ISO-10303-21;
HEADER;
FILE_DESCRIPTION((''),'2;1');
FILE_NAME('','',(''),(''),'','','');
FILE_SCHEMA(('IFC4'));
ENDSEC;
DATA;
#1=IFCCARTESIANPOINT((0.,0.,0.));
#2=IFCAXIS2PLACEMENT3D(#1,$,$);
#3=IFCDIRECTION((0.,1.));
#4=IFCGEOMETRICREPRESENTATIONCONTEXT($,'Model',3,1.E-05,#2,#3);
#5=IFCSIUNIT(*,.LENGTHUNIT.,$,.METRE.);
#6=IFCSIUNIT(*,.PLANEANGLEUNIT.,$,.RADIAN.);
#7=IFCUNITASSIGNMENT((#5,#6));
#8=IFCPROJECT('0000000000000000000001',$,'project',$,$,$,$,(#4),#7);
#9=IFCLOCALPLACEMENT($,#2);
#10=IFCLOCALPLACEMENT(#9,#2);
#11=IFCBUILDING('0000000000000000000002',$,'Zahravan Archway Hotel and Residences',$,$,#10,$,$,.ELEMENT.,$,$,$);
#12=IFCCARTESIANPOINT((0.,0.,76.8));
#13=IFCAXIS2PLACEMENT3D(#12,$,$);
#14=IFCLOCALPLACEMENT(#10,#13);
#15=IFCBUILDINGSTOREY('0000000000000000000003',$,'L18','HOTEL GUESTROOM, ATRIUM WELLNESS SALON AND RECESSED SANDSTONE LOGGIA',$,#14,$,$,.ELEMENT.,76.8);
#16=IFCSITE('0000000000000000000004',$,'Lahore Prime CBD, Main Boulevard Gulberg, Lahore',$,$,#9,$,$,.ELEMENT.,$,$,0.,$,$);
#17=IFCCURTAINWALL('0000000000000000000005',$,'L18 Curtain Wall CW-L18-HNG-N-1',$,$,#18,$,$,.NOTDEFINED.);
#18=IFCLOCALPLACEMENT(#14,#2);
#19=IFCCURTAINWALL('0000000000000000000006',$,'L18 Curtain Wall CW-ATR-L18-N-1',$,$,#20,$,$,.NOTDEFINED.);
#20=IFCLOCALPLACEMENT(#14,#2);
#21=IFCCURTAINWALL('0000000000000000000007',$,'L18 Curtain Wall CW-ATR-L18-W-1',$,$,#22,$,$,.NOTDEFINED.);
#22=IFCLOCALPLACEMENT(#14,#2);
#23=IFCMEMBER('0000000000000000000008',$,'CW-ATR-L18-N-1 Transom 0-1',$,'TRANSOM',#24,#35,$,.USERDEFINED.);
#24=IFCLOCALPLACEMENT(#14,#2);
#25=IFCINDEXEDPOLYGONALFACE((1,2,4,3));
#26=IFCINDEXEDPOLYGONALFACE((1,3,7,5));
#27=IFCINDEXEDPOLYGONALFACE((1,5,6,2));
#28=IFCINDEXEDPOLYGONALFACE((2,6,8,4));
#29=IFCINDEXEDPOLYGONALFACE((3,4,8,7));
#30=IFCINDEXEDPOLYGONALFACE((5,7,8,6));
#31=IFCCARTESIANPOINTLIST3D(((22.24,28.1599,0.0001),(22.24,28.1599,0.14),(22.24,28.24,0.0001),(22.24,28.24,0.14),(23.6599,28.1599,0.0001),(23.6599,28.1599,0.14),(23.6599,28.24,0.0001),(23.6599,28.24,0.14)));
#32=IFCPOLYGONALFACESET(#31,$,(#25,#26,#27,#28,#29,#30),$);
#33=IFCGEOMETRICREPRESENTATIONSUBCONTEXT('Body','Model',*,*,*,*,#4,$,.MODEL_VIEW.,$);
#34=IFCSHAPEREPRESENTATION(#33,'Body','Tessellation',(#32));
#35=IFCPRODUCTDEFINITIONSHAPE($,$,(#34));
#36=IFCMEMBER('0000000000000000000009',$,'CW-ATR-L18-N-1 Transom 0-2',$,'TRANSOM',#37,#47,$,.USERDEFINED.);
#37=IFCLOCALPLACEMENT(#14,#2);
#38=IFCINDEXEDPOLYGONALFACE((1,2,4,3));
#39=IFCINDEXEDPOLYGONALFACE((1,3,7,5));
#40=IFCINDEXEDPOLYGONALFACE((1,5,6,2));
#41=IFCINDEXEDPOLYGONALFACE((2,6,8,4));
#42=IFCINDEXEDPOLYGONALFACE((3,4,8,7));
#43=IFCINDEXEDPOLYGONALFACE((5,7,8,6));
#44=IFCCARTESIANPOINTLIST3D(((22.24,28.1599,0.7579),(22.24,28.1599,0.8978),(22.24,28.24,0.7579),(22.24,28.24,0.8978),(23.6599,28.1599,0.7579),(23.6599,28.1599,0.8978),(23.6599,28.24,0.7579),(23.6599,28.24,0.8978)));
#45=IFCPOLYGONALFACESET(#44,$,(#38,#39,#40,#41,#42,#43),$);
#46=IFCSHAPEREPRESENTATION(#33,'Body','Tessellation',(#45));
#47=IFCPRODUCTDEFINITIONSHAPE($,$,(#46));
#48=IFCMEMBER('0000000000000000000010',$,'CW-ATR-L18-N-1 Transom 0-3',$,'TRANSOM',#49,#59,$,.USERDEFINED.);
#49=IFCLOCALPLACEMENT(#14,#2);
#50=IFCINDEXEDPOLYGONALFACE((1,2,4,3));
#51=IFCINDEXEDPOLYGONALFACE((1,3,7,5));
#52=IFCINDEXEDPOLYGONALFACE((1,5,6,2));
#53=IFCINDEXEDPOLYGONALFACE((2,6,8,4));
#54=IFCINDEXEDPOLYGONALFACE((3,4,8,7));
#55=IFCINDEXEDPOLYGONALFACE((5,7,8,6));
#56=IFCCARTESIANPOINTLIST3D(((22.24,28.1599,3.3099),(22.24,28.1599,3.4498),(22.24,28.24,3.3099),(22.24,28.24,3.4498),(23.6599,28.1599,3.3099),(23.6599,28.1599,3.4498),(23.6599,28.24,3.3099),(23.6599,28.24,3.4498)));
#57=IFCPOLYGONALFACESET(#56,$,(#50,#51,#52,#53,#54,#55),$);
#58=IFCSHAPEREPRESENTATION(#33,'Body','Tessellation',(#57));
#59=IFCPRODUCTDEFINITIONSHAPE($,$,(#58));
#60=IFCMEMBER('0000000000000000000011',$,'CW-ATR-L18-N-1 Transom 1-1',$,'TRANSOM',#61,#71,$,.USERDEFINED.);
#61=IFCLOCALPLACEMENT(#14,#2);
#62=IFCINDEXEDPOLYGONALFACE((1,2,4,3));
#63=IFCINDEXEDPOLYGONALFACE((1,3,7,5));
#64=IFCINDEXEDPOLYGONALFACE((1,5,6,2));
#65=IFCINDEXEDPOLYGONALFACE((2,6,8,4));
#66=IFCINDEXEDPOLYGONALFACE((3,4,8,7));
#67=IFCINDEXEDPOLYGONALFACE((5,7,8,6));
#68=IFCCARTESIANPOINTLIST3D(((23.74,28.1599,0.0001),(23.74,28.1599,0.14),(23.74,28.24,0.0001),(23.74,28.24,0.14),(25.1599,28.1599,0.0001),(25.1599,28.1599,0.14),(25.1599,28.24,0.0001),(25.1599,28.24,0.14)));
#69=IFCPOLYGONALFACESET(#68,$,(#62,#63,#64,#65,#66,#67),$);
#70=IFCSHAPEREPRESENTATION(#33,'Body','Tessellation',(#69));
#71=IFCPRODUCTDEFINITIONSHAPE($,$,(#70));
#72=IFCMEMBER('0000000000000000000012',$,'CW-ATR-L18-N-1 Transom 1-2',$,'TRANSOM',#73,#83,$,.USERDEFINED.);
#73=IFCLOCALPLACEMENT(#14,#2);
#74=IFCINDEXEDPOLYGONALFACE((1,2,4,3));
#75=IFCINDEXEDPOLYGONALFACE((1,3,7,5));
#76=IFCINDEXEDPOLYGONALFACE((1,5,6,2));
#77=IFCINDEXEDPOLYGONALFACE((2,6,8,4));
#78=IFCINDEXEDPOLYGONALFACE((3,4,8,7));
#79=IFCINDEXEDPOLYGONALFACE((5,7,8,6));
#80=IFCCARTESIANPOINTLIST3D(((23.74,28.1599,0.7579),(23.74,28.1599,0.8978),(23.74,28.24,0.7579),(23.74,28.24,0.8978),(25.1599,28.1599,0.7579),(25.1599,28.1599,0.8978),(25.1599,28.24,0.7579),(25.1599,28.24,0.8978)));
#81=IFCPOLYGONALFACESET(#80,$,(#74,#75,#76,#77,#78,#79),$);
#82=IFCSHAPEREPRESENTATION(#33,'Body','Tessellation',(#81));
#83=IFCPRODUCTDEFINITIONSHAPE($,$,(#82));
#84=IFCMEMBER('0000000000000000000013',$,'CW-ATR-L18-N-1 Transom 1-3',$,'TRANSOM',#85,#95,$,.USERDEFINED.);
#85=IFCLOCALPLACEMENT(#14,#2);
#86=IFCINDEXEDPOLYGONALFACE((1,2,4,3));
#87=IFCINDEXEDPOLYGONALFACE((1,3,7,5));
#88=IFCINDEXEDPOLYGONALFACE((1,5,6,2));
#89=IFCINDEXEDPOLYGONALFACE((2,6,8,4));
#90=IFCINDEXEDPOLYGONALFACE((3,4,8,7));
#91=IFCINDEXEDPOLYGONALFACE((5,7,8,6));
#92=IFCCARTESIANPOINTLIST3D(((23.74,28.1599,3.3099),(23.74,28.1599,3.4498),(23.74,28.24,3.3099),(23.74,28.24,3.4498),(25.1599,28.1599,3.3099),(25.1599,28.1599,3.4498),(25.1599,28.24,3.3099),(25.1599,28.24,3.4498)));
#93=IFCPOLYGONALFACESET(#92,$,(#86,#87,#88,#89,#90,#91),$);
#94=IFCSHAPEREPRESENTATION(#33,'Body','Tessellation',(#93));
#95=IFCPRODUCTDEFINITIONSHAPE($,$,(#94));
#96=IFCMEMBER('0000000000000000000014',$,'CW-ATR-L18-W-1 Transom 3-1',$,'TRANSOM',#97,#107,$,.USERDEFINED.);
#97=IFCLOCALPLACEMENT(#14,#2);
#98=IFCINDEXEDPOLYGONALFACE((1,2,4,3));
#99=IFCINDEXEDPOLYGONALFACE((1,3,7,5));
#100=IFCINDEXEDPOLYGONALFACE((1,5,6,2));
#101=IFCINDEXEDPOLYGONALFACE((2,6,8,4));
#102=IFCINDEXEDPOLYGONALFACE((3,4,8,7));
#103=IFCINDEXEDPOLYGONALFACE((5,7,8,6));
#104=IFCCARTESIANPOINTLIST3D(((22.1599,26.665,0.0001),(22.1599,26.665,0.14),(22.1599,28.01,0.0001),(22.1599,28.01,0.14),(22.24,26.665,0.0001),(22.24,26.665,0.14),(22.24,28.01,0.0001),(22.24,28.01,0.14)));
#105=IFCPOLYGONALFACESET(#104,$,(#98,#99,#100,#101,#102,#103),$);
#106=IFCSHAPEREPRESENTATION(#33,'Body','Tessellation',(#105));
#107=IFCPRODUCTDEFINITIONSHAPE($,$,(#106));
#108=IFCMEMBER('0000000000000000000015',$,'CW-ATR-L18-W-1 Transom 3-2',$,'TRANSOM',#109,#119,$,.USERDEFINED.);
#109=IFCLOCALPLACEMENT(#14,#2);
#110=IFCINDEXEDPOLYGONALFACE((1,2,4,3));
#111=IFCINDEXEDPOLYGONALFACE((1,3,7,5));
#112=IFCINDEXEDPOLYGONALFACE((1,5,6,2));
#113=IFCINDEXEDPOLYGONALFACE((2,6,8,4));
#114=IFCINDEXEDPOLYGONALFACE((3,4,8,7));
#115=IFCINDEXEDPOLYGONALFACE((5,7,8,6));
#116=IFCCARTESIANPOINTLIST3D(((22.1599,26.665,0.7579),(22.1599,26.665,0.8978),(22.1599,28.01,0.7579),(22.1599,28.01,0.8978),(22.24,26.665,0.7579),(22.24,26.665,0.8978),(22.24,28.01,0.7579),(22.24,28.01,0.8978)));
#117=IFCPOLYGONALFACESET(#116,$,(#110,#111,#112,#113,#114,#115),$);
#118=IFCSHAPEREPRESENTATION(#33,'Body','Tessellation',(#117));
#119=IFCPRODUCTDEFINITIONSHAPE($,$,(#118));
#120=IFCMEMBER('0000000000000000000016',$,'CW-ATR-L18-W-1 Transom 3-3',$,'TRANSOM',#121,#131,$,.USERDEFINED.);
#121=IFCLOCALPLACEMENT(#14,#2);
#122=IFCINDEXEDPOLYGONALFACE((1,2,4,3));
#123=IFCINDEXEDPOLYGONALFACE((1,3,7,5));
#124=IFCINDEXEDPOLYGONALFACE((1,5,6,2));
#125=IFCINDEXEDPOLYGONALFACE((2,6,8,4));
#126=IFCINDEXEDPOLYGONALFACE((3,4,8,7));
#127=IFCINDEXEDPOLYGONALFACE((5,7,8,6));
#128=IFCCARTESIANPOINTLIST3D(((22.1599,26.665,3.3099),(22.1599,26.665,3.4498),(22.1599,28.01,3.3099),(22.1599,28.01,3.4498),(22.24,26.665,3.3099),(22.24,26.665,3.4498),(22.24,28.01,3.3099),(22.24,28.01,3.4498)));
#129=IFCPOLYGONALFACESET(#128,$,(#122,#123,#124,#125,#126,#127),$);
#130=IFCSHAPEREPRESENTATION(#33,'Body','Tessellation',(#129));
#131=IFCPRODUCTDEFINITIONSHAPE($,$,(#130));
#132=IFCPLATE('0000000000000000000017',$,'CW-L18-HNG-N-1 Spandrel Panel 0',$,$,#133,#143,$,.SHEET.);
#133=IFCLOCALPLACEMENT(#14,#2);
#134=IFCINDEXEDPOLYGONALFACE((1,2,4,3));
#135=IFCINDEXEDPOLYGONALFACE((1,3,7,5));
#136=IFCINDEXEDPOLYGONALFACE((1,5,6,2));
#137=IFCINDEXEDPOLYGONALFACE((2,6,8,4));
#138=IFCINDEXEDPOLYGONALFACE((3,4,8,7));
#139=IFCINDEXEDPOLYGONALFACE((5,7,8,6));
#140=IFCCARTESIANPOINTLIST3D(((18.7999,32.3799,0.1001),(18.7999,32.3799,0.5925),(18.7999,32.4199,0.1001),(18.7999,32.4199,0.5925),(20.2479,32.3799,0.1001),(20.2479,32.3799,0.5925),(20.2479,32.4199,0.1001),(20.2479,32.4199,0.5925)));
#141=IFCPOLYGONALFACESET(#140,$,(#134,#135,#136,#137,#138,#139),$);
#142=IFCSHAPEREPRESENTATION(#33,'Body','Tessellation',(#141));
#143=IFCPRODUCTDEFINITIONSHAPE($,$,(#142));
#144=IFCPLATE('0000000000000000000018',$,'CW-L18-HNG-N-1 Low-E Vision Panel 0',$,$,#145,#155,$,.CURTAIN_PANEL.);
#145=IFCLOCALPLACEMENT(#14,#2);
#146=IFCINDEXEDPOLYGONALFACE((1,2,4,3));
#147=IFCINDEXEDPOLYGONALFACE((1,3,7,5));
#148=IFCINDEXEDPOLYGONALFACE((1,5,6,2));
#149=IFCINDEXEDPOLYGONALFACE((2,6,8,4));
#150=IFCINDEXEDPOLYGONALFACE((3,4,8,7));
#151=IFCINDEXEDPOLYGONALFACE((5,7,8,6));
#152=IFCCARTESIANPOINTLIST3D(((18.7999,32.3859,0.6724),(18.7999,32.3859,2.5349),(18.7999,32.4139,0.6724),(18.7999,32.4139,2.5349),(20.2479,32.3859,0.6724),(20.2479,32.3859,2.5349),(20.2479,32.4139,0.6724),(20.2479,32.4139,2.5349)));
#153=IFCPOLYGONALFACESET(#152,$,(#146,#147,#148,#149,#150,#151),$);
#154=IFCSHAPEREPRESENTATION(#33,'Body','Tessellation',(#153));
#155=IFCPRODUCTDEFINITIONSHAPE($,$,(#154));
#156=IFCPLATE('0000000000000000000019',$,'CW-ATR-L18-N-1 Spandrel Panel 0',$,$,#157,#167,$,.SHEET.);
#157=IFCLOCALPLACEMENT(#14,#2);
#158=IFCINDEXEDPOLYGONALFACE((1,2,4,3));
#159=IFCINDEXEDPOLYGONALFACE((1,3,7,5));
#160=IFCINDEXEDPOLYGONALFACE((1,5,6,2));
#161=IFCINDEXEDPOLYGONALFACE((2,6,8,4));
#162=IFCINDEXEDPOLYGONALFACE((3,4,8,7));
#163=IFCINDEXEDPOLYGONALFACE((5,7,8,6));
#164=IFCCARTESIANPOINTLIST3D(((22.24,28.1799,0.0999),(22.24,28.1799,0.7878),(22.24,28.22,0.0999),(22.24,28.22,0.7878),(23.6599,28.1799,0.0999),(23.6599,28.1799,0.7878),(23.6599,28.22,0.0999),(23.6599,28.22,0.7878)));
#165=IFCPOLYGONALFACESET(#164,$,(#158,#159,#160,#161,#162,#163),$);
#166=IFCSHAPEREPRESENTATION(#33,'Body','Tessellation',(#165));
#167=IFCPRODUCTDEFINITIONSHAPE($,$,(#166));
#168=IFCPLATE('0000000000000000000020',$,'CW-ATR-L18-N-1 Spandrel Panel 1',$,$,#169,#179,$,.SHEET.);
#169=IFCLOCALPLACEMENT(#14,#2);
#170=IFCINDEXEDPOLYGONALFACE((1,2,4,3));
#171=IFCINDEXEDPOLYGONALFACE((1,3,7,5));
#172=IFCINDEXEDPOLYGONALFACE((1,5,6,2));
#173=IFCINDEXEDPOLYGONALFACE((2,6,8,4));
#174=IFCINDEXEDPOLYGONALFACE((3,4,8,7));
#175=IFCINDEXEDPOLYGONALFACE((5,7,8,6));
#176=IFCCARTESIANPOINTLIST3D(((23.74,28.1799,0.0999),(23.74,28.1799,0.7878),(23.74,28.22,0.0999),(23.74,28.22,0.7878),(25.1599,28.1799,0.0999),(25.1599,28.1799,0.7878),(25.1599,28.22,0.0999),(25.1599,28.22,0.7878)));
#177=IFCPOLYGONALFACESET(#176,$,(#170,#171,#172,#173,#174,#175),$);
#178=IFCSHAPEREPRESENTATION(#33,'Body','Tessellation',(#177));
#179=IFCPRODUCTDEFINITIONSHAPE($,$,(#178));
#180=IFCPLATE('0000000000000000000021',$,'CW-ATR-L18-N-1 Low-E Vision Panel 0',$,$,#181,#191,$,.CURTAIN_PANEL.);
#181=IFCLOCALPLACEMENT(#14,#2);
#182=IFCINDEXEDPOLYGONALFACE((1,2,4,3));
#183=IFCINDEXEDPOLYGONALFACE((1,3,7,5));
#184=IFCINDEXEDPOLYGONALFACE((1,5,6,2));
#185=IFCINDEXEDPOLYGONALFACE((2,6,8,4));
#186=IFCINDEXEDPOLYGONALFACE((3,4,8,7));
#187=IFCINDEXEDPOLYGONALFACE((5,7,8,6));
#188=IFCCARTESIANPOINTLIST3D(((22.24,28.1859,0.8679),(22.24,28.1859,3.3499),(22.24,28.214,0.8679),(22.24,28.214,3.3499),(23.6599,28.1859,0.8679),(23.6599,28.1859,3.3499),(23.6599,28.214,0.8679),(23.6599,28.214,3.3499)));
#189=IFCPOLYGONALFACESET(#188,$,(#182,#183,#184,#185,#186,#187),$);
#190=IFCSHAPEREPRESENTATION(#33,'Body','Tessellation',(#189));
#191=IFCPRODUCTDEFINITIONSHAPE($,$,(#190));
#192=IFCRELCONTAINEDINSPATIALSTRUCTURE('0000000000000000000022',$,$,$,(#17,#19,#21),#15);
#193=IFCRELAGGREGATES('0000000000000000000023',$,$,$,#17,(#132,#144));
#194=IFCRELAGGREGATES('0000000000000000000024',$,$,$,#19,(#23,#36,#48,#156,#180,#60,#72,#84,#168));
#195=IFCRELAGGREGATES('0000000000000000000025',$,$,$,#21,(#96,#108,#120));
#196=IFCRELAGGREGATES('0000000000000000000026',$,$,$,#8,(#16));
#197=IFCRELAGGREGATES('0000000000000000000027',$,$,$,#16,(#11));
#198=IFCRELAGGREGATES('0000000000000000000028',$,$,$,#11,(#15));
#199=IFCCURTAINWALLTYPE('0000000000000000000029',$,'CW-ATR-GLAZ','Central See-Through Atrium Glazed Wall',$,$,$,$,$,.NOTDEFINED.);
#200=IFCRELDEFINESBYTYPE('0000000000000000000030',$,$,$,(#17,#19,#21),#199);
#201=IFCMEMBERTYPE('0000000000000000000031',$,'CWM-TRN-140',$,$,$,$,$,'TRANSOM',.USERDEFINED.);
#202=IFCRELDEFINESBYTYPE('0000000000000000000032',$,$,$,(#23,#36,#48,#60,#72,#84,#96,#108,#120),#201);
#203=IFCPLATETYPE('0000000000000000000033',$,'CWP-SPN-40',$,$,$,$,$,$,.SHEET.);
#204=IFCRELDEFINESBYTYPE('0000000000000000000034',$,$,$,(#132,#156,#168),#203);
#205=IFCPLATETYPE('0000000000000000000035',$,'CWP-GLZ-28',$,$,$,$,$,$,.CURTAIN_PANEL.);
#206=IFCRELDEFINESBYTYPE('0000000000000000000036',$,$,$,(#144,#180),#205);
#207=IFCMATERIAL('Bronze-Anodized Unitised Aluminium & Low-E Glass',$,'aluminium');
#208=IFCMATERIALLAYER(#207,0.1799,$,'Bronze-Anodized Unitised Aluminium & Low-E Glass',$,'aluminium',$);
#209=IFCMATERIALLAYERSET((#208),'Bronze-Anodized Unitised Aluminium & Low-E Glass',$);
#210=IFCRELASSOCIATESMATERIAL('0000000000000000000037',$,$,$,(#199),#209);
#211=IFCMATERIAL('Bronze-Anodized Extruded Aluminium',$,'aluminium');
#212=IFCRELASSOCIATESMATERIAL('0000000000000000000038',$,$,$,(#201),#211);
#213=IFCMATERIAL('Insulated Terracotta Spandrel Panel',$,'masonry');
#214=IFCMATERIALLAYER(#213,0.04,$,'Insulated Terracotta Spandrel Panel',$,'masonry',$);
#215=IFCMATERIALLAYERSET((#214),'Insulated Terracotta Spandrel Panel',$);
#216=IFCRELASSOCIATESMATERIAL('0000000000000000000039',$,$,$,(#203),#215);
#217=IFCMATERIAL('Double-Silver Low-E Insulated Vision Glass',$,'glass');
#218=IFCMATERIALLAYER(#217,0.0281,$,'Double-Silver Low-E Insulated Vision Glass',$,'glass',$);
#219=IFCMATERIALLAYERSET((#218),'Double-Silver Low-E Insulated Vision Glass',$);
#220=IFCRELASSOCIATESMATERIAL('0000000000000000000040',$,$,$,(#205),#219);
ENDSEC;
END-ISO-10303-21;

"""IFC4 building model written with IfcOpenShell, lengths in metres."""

from ifc_helpers import new_model, si_unit, direction, frame, origin, origin_2d, place, context, subcontext, project, spatial, rectangle, extrude, source, transform, mapped, material, layer, layer_set, material_profile, profile_set, type_object, element, aggregate, save


model = new_model("IFC4")

# Units and contexts
model_context = context("Model", 3, precision=1e-05, world=origin(), true_north=direction((0.0, 1.0)))
body_context = subcontext(model_context, "Body", "Model", "MODEL_VIEW")
ifc_project = project(units=[si_unit("LENGTHUNIT", "METRE"), si_unit("PLANEANGLEUNIT", "RADIAN")], contexts=[model_context])

# Site, building, storey
site_placement = place(None, origin())
site = spatial("IfcSite", under=ifc_project, at=site_placement, Name="Lahore Prime CBD, Main Boulevard Gulberg, Lahore", CompositionType="ELEMENT", RefElevation=0.0)
building_placement = place(site_placement, origin())
building = spatial("IfcBuilding", under=site, at=building_placement, Name="Zahravan Archway Hotel and Residences", CompositionType="ELEMENT")
storey_placement = place(building_placement, frame((0.0, 0.0, 76.8)))
storey = spatial("IfcBuildingStorey", under=building, at=storey_placement, Name="L18", Description="HOTEL GUESTROOM, ATRIUM WELLNESS SALON AND RECESSED SANDSTONE LOGGIA", CompositionType="ELEMENT", Elevation=76.8)

# Curtain walls
ifc_material_1 = material(Name="Bronze-Anodized Unitised Aluminium & Low-E Glass", Category="aluminium")
ifc_layer_1 = layer(ifc_material_1, 0.1799, Name="Bronze-Anodized Unitised Aluminium & Low-E Glass", Category="aluminium")
ifc_layer_set_1 = layer_set([ifc_layer_1], Name="Bronze-Anodized Unitised Aluminium & Low-E Glass")
curtain_wall_type = type_object("IfcCurtainWallType", Name="CW-ATR-GLAZ", Description="Central See-Through Atrium Glazed Wall", PredefinedType="NOTDEFINED", material=ifc_layer_set_1)
curtain_wall_1_placement = place(storey_placement, origin())
curtain_wall_1 = element("IfcCurtainWall", 1, at=curtain_wall_1_placement, inside=storey, type_object=curtain_wall_type, Name="L18 Curtain Wall CW-L18-HNG-N-1", PredefinedType="NOTDEFINED")
ifc_material_2 = material(Name="Bronze-Anodized Extruded Aluminium", Category="aluminium")
ifc_material_profile_1 = material_profile(ifc_material_2, rectangle(XDim=0.0801, YDim=0.1399, at=origin_2d()), Name="TRN 80x140", Category="aluminium")
ifc_profile_set_1 = profile_set([ifc_material_profile_1], Name="Bronze-Anodized Extruded Aluminium")
member_type_1 = type_object("IfcMemberType", Name="CWM-TRN-140", ElementType="TRANSOM", PredefinedType="USERDEFINED", material=ifc_profile_set_1)
curtain_wall_2_placement = place(storey_placement, origin())
curtain_wall_2 = element("IfcCurtainWall", 2, at=curtain_wall_2_placement, inside=storey, type_object=curtain_wall_type, Name="L18 Curtain Wall CW-ATR-L18-N-1", PredefinedType="NOTDEFINED")
curtain_wall_3_placement = place(storey_placement, origin())
curtain_wall_3 = element("IfcCurtainWall", 3, at=curtain_wall_3_placement, inside=storey, type_object=curtain_wall_type, Name="L18 Curtain Wall CW-ATR-L18-W-1", PredefinedType="NOTDEFINED")

# Members
shared_shape_1 = source(origin(), body_context, "Body", "SweptSolid", [
    extrude(rectangle(XDim=0.0801, YDim=0.1399, at=origin_2d()), origin(), (0.0, 0.0, 1.0), 1.4199),
])
member_1_placement = place(storey_placement, frame((22.24, 28.2, 0.0701), z_axis=(1.0, 0.0, 0.0), x_axis=(0.0, 1.0, 0.0)))
member_1 = element("IfcMember", 4, at=member_1_placement, type_object=member_type_1, Name="CW-ATR-L18-N-1 Transom 0-1", ObjectType="TRANSOM", PredefinedType="USERDEFINED", context=body_context, shape_type="MappedRepresentation", body=[
    mapped(shared_shape_1, transform((0.0, 0.0, 0.0), scale=1.0)),
])
member_2_placement = place(storey_placement, frame((22.24, 28.2, 0.8279), z_axis=(1.0, 0.0, 0.0), x_axis=(0.0, 1.0, 0.0)))
member_2 = element("IfcMember", 5, at=member_2_placement, type_object=member_type_1, Name="CW-ATR-L18-N-1 Transom 0-2", ObjectType="TRANSOM", PredefinedType="USERDEFINED", context=body_context, shape_type="MappedRepresentation", body=[
    mapped(shared_shape_1, transform((0.0, 0.0, 0.0), scale=1.0)),
])
member_3_placement = place(storey_placement, frame((22.24, 28.2, 3.3799), z_axis=(1.0, 0.0, 0.0), x_axis=(0.0, 1.0, 0.0)))
member_3 = element("IfcMember", 6, at=member_3_placement, type_object=member_type_1, Name="CW-ATR-L18-N-1 Transom 0-3", ObjectType="TRANSOM", PredefinedType="USERDEFINED", context=body_context, shape_type="MappedRepresentation", body=[
    mapped(shared_shape_1, transform((0.0, 0.0, 0.0), scale=1.0)),
])
member_4_placement = place(storey_placement, frame((23.74, 28.2, 0.0701), z_axis=(1.0, 0.0, 0.0), x_axis=(0.0, 1.0, 0.0)))
member_4 = element("IfcMember", 7, at=member_4_placement, type_object=member_type_1, Name="CW-ATR-L18-N-1 Transom 1-1", ObjectType="TRANSOM", PredefinedType="USERDEFINED", context=body_context, shape_type="MappedRepresentation", body=[
    mapped(shared_shape_1, transform((0.0, 0.0, 0.0), scale=1.0)),
])
member_5_placement = place(storey_placement, frame((23.74, 28.2, 0.8279), z_axis=(1.0, 0.0, 0.0), x_axis=(0.0, 1.0, 0.0)))
member_5 = element("IfcMember", 8, at=member_5_placement, type_object=member_type_1, Name="CW-ATR-L18-N-1 Transom 1-2", ObjectType="TRANSOM", PredefinedType="USERDEFINED", context=body_context, shape_type="MappedRepresentation", body=[
    mapped(shared_shape_1, transform((0.0, 0.0, 0.0), scale=1.0)),
])
member_6_placement = place(storey_placement, frame((23.74, 28.2, 3.3799), z_axis=(1.0, 0.0, 0.0), x_axis=(0.0, 1.0, 0.0)))
member_6 = element("IfcMember", 9, at=member_6_placement, type_object=member_type_1, Name="CW-ATR-L18-N-1 Transom 1-3", ObjectType="TRANSOM", PredefinedType="USERDEFINED", context=body_context, shape_type="MappedRepresentation", body=[
    mapped(shared_shape_1, transform((0.0, 0.0, 0.0), scale=1.0)),
])
shared_shape_2 = source(origin(), body_context, "Body", "SweptSolid", [
    extrude(rectangle(XDim=0.0801, YDim=0.1399, at=origin_2d()), origin(), (0.0, 0.0, 1.0), 1.345),
])
member_7_placement = place(storey_placement, frame((22.2, 26.665, 0.0701), z_axis=(0.0, 1.0, 0.0), x_axis=(-1.0, 0.0, 0.0)))
member_7 = element("IfcMember", 10, at=member_7_placement, type_object=member_type_1, Name="CW-ATR-L18-W-1 Transom 3-1", ObjectType="TRANSOM", PredefinedType="USERDEFINED", context=body_context, shape_type="MappedRepresentation", body=[
    mapped(shared_shape_2, transform((0.0, 0.0, 0.0), scale=1.0)),
])
member_8_placement = place(storey_placement, frame((22.2, 26.665, 0.8279), z_axis=(0.0, 1.0, 0.0), x_axis=(-1.0, 0.0, 0.0)))
member_8 = element("IfcMember", 11, at=member_8_placement, type_object=member_type_1, Name="CW-ATR-L18-W-1 Transom 3-2", ObjectType="TRANSOM", PredefinedType="USERDEFINED", context=body_context, shape_type="MappedRepresentation", body=[
    mapped(shared_shape_2, transform((0.0, 0.0, 0.0), scale=1.0)),
])
member_9_placement = place(storey_placement, frame((22.2, 26.665, 3.3799), z_axis=(0.0, 1.0, 0.0), x_axis=(-1.0, 0.0, 0.0)))
member_9 = element("IfcMember", 12, at=member_9_placement, type_object=member_type_1, Name="CW-ATR-L18-W-1 Transom 3-3", ObjectType="TRANSOM", PredefinedType="USERDEFINED", context=body_context, shape_type="MappedRepresentation", body=[
    mapped(shared_shape_2, transform((0.0, 0.0, 0.0), scale=1.0)),
])

# Plates
ifc_material_3 = material(Name="Insulated Terracotta Spandrel Panel", Category="masonry")
ifc_layer_2 = layer(ifc_material_3, 0.04, Name="Insulated Terracotta Spandrel Panel", Category="masonry")
ifc_layer_set_2 = layer_set([ifc_layer_2], Name="Insulated Terracotta Spandrel Panel")
plate_type_1 = type_object("IfcPlateType", Name="CWP-SPN-40", PredefinedType="SHEET", material=ifc_layer_set_2)
shared_shape_3 = source(origin(), body_context, "Body", "SweptSolid", [
    extrude(rectangle(XDim=1.448, YDim=0.04, at=origin_2d()), origin(), (0.0, 0.0, 1.0), 0.4924),
])
plate_1_placement = place(storey_placement, frame((19.5239, 32.3999, 0.1001), z_axis=(0.0, 0.0, 1.0), x_axis=(1.0, 0.0, 0.0)))
plate_1 = element("IfcPlate", 13, at=plate_1_placement, type_object=plate_type_1, Name="CW-L18-HNG-N-1 Spandrel Panel 0", PredefinedType="SHEET", context=body_context, shape_type="MappedRepresentation", body=[
    mapped(shared_shape_3, transform((0.0, 0.0, 0.0), scale=1.0)),
])
ifc_material_4 = material(Name="Double-Silver Low-E Insulated Vision Glass", Category="glass")
ifc_layer_3 = layer(ifc_material_4, 0.0281, Name="Double-Silver Low-E Insulated Vision Glass", Category="glass")
ifc_layer_set_3 = layer_set([ifc_layer_3], Name="Double-Silver Low-E Insulated Vision Glass")
plate_type_2 = type_object("IfcPlateType", Name="CWP-GLZ-28", PredefinedType="CURTAIN_PANEL", material=ifc_layer_set_3)
shared_shape_4 = source(origin(), body_context, "Body", "SweptSolid", [
    extrude(rectangle(XDim=1.448, YDim=0.0281, at=origin_2d()), origin(), (0.0, 0.0, 1.0), 1.8625),
])
plate_2_placement = place(storey_placement, frame((19.5239, 32.3999, 0.6724), z_axis=(0.0, 0.0, 1.0), x_axis=(1.0, 0.0, 0.0)))
plate_2 = element("IfcPlate", 14, at=plate_2_placement, type_object=plate_type_2, Name="CW-L18-HNG-N-1 Low-E Vision Panel 0", PredefinedType="CURTAIN_PANEL", context=body_context, shape_type="MappedRepresentation", body=[
    mapped(shared_shape_4, transform((0.0, 0.0, 0.0), scale=1.0)),
])
aggregate(curtain_wall_1, [plate_1, plate_2])
shared_shape_5 = source(origin(), body_context, "Body", "SweptSolid", [
    extrude(rectangle(XDim=1.4199, YDim=0.04, at=origin_2d()), origin(), (0.0, 0.0, 1.0), 0.688),
])
plate_3_placement = place(storey_placement, frame((22.95, 28.2, 0.0999), z_axis=(0.0, 0.0, 1.0), x_axis=(1.0, 0.0, 0.0)))
plate_3 = element("IfcPlate", 15, at=plate_3_placement, type_object=plate_type_1, Name="CW-ATR-L18-N-1 Spandrel Panel 0", PredefinedType="SHEET", context=body_context, shape_type="MappedRepresentation", body=[
    mapped(shared_shape_5, transform((0.0, 0.0, 0.0), scale=1.0)),
])
plate_4_placement = place(storey_placement, frame((24.45, 28.2, 0.0999), z_axis=(0.0, 0.0, 1.0), x_axis=(1.0, 0.0, 0.0)))
plate_4 = element("IfcPlate", 16, at=plate_4_placement, type_object=plate_type_1, Name="CW-ATR-L18-N-1 Spandrel Panel 1", PredefinedType="SHEET", context=body_context, shape_type="MappedRepresentation", body=[
    mapped(shared_shape_5, transform((0.0, 0.0, 0.0), scale=1.0)),
])
shared_shape_6 = source(origin(), body_context, "Body", "SweptSolid", [
    extrude(rectangle(XDim=1.4199, YDim=0.0281, at=origin_2d()), origin(), (0.0, 0.0, 1.0), 2.4819),
])
plate_5_placement = place(storey_placement, frame((22.95, 28.2, 0.8679), z_axis=(0.0, 0.0, 1.0), x_axis=(1.0, 0.0, 0.0)))
plate_5 = element("IfcPlate", 17, at=plate_5_placement, type_object=plate_type_2, Name="CW-ATR-L18-N-1 Low-E Vision Panel 0", PredefinedType="CURTAIN_PANEL", context=body_context, shape_type="MappedRepresentation", body=[
    mapped(shared_shape_6, transform((0.0, 0.0, 0.0), scale=1.0)),
])
aggregate(curtain_wall_2, [member_1, member_2, member_3, plate_3, plate_5, member_4, member_5, member_6, plate_4])
aggregate(curtain_wall_3, [member_7, member_8, member_9])

save(model, "model.ifc")
